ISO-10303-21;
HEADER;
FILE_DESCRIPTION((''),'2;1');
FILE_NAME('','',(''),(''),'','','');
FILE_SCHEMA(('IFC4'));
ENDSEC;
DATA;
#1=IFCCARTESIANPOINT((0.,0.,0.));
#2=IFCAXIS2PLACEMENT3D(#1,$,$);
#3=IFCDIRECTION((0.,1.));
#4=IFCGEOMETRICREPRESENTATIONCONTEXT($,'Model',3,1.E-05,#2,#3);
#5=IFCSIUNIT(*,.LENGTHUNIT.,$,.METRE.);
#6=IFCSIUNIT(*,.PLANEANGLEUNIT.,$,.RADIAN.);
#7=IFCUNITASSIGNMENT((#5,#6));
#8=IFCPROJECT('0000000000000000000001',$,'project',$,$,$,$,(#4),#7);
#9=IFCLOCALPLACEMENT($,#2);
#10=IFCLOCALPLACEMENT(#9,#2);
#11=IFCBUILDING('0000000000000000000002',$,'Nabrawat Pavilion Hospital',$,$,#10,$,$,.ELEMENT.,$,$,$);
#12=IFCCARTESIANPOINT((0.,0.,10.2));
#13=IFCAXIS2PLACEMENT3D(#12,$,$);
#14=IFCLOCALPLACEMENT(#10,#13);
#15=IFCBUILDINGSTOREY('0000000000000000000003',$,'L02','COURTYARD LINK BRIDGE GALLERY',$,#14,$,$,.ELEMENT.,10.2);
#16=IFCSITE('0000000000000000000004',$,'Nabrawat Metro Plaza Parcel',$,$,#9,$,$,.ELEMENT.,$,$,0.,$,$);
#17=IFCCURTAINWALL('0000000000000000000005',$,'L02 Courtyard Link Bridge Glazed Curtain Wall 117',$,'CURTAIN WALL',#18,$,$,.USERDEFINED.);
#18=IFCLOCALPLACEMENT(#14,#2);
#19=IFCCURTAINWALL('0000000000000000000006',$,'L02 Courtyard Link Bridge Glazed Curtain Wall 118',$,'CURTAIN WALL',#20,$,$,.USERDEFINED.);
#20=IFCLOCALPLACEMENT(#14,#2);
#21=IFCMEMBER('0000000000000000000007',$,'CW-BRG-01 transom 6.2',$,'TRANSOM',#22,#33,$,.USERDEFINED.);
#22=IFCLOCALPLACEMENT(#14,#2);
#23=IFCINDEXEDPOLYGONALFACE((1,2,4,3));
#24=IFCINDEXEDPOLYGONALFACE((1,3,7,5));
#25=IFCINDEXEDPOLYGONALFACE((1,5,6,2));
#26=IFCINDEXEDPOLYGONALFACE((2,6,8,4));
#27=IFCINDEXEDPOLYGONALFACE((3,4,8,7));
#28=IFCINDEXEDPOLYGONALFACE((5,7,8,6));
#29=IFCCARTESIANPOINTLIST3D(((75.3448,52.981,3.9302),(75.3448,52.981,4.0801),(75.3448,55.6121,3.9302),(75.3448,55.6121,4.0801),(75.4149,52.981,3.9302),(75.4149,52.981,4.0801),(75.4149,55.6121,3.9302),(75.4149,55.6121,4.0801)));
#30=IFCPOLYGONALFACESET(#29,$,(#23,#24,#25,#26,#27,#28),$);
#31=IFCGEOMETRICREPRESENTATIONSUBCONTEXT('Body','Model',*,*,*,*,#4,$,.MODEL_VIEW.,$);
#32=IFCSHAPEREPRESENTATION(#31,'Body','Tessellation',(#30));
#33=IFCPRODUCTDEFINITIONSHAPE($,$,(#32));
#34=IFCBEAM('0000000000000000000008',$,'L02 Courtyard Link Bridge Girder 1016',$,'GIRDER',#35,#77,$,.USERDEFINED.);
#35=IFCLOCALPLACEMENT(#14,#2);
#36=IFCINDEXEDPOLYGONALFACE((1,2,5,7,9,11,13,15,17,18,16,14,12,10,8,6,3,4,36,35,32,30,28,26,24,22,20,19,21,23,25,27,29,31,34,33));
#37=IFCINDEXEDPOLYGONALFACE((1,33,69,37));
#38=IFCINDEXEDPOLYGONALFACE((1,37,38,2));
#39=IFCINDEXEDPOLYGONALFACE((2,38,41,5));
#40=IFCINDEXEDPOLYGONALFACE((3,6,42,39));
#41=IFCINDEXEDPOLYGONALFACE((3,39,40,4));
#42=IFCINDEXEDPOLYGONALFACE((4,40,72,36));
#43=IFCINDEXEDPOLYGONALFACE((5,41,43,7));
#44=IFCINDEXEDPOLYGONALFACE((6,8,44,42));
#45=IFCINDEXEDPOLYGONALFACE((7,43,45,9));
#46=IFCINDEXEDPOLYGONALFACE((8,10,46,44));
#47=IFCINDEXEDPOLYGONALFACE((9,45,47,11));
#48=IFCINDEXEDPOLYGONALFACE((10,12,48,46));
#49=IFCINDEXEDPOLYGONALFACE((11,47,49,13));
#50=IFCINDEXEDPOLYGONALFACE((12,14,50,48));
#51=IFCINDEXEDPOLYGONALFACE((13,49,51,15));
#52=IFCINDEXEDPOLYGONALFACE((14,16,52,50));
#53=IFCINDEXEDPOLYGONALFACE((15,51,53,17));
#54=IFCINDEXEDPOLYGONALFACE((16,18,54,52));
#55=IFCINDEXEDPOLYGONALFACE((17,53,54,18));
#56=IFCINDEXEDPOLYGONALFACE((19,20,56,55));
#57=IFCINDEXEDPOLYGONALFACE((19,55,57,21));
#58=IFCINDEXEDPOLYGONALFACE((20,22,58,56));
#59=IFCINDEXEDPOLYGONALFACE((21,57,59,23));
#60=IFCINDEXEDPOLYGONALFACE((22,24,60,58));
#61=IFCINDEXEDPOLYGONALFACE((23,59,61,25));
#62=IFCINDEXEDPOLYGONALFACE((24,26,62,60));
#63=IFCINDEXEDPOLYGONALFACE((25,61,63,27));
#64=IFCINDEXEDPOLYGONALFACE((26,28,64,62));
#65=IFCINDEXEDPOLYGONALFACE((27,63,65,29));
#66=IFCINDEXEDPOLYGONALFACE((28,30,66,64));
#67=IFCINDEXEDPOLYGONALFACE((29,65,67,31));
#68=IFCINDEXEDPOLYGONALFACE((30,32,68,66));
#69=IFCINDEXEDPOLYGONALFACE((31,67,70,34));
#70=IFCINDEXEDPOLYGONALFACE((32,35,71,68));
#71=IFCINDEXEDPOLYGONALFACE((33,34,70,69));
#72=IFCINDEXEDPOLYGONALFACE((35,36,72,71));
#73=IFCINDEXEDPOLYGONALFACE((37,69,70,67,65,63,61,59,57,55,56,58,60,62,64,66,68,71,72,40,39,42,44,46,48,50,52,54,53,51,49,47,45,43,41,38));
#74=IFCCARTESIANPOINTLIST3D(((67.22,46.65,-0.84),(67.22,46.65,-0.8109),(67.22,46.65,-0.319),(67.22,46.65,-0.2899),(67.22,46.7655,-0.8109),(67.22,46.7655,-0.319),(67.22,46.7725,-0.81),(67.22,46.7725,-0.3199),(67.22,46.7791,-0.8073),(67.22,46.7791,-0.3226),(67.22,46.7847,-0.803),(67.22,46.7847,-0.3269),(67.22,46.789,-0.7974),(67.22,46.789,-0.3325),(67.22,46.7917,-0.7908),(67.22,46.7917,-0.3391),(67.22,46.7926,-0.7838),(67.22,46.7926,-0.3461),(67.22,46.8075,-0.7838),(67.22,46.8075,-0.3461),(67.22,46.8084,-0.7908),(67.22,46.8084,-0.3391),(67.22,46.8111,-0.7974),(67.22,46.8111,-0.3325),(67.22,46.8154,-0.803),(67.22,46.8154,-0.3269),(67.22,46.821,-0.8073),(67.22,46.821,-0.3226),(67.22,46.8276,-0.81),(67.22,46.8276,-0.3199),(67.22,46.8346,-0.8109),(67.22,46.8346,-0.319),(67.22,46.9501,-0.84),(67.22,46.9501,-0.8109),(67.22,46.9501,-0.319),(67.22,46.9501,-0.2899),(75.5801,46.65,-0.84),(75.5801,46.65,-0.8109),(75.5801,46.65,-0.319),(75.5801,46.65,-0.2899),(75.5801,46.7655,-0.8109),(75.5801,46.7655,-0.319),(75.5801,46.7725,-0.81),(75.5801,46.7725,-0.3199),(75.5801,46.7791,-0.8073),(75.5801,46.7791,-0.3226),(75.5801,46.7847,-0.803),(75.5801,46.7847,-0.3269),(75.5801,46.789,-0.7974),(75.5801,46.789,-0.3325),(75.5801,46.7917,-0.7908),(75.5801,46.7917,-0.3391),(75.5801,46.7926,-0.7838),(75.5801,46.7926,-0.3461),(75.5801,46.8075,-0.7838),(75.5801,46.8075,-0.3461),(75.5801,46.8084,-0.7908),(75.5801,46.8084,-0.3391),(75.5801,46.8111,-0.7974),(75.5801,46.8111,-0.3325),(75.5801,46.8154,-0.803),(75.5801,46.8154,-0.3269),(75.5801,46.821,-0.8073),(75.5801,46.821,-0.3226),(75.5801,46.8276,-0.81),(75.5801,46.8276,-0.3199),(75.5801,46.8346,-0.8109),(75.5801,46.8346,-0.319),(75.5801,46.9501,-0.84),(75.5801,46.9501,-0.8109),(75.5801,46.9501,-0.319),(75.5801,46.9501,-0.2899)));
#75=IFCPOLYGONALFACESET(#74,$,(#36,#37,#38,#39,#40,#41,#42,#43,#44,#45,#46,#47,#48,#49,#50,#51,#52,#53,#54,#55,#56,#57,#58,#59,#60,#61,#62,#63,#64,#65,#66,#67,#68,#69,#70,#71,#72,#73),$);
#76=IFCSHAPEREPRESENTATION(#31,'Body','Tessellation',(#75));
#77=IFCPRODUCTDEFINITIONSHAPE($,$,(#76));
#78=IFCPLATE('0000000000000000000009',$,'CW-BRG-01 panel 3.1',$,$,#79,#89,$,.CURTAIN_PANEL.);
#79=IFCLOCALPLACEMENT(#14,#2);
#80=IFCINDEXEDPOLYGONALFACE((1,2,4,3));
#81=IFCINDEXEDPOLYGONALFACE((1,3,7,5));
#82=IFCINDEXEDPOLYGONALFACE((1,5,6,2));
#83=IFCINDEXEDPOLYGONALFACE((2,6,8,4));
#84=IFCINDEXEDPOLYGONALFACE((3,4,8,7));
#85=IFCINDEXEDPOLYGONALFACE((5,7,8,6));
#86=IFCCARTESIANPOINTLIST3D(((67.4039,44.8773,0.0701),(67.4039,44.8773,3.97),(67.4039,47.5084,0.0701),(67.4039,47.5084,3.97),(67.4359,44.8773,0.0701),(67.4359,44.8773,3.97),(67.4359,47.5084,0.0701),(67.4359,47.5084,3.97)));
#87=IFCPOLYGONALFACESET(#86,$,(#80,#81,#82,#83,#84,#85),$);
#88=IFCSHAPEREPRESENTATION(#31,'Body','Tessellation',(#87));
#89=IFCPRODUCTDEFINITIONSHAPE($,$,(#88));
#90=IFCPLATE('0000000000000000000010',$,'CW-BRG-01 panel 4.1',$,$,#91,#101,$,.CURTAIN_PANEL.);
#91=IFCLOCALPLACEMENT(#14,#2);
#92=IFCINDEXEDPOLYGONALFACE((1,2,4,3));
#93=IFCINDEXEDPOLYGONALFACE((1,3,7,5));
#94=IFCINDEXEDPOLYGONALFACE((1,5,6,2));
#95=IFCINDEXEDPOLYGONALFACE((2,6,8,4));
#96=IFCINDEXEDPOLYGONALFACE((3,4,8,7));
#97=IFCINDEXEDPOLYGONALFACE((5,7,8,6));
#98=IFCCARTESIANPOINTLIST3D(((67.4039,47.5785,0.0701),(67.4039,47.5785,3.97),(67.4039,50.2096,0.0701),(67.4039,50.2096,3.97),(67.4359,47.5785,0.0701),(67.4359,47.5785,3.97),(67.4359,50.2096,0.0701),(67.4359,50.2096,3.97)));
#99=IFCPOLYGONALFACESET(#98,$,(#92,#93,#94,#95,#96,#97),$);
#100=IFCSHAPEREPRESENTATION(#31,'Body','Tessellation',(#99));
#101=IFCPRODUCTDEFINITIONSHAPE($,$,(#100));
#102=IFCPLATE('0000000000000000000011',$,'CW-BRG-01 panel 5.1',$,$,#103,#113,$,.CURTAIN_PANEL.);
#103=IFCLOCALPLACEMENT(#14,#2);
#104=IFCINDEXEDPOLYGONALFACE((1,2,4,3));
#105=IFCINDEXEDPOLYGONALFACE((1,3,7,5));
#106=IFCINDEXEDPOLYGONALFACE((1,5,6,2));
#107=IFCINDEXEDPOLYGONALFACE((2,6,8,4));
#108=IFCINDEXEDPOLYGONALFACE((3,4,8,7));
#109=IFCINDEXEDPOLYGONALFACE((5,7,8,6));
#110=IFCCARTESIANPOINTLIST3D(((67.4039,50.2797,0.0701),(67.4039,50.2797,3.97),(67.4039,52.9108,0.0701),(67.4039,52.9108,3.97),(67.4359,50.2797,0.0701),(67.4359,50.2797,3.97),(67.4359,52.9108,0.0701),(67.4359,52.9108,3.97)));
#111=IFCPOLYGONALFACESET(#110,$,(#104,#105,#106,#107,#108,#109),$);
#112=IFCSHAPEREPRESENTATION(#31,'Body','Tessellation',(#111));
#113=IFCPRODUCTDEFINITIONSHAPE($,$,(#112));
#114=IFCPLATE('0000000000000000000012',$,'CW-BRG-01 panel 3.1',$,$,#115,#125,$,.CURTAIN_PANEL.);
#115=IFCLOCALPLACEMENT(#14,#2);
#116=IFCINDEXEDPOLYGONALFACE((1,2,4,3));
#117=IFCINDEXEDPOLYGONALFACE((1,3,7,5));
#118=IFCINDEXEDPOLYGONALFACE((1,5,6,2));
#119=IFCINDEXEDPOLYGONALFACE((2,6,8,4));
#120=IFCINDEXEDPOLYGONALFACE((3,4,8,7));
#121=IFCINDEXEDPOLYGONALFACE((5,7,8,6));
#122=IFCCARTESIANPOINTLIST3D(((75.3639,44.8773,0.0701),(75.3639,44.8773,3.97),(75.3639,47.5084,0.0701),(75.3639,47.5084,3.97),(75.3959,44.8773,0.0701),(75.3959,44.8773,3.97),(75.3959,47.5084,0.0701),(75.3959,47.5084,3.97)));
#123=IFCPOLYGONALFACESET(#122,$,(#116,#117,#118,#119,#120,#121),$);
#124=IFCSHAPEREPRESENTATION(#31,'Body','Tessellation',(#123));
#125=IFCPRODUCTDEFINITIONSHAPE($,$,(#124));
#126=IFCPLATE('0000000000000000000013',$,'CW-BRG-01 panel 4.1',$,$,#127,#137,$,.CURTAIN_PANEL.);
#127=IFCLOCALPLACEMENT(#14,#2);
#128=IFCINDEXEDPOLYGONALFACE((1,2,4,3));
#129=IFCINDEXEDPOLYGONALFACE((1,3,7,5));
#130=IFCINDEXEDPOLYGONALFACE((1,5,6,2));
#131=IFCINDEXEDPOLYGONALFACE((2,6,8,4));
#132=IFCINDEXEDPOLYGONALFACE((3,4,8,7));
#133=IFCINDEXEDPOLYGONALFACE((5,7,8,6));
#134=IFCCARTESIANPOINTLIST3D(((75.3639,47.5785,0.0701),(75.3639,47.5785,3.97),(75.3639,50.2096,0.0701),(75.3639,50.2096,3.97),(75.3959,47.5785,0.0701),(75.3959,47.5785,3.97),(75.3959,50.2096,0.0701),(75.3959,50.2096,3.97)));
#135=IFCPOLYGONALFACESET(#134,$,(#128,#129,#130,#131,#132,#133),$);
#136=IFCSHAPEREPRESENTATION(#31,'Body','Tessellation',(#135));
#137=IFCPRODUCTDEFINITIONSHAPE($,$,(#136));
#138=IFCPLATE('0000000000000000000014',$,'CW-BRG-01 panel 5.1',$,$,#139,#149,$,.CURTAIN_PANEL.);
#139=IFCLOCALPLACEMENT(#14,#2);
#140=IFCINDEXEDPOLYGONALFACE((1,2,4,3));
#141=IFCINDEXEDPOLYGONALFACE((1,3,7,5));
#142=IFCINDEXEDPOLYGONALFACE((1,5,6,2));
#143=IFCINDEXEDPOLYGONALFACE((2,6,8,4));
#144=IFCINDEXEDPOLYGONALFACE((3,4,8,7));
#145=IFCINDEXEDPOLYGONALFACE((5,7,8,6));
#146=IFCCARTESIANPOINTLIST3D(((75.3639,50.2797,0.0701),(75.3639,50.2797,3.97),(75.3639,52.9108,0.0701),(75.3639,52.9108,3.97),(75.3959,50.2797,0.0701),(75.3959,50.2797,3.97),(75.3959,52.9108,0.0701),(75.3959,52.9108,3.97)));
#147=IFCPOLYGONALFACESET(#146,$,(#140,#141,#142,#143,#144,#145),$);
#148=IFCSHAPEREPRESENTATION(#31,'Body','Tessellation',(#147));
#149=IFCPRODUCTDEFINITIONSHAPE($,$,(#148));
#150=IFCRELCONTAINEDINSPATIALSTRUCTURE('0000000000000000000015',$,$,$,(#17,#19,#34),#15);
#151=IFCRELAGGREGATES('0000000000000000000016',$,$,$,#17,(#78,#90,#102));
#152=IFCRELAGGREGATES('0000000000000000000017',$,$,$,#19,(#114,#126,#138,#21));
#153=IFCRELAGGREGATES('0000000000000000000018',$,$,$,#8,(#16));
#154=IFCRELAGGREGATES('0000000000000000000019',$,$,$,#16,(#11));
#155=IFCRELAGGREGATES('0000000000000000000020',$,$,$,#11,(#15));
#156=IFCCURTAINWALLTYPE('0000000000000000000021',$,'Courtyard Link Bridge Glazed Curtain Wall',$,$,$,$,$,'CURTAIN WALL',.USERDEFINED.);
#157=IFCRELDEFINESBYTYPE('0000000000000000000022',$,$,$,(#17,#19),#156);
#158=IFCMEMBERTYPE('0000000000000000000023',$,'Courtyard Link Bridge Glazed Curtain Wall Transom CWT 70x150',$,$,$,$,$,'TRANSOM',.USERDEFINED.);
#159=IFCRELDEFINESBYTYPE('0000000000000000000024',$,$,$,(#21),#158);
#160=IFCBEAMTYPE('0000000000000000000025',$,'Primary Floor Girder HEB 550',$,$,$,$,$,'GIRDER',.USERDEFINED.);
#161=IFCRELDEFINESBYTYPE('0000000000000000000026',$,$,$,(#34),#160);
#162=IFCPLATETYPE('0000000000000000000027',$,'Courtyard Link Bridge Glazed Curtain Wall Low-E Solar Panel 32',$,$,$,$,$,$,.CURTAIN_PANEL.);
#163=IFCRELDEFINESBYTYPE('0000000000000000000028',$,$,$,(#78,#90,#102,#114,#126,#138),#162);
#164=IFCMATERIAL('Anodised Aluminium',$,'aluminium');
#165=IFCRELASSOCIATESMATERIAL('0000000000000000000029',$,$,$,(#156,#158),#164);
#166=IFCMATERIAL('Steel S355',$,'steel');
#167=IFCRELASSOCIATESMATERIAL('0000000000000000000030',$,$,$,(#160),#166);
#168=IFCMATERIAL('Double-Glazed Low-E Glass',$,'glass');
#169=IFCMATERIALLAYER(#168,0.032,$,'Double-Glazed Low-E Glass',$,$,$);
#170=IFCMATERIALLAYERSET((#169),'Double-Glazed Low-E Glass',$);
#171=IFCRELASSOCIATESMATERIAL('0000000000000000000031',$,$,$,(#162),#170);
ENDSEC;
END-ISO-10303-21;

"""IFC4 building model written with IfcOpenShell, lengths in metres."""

from ifc_helpers import new_model, si_unit, direction, frame, origin, origin_2d, place, context, subcontext, project, spatial, rectangle, i_section, extrude, material, layer, layer_set, material_profile, profile_set, type_object, element, aggregate, save


model = new_model("IFC4")

# Units and contexts
model_context = context("Model", 3, precision=1e-05, world=origin(), true_north=direction((0.0, 1.0)))
body_context = subcontext(model_context, "Body", "Model", "MODEL_VIEW")
ifc_project = project(units=[si_unit("LENGTHUNIT", "METRE"), si_unit("PLANEANGLEUNIT", "RADIAN")], contexts=[model_context])

# Site, building, storey
site_placement = place(None, origin())
site = spatial("IfcSite", under=ifc_project, at=site_placement, Name="Nabrawat Metro Plaza Parcel", CompositionType="ELEMENT", RefElevation=0.0)
building_placement = place(site_placement, origin())
building = spatial("IfcBuilding", under=site, at=building_placement, Name="Nabrawat Pavilion Hospital", CompositionType="ELEMENT")
storey_placement = place(building_placement, frame((0.0, 0.0, 10.2)))
storey = spatial("IfcBuildingStorey", under=building, at=storey_placement, Name="L02", Description="COURTYARD LINK BRIDGE GALLERY", CompositionType="ELEMENT", Elevation=10.2)

# Shared definitions
ifc_material_1 = material(Name="Steel S355", Category="steel")

# Curtain walls
ifc_material_2 = material(Name="Anodised Aluminium", Category="aluminium")
curtain_wall_type = type_object("IfcCurtainWallType", Name="Courtyard Link Bridge Glazed Curtain Wall", ElementType="CURTAIN WALL", PredefinedType="USERDEFINED", material=ifc_material_2)
curtain_wall_1_placement = place(storey_placement, origin())
curtain_wall_1 = element("IfcCurtainWall", 1, at=curtain_wall_1_placement, inside=storey, type_object=curtain_wall_type, Name="L02 Courtyard Link Bridge Glazed Curtain Wall 117", ObjectType="CURTAIN WALL", PredefinedType="USERDEFINED")
curtain_wall_2_placement = place(storey_placement, origin())
curtain_wall_2 = element("IfcCurtainWall", 2, at=curtain_wall_2_placement, inside=storey, type_object=curtain_wall_type, Name="L02 Courtyard Link Bridge Glazed Curtain Wall 118", ObjectType="CURTAIN WALL", PredefinedType="USERDEFINED")

# Member
ifc_material_profile_1 = material_profile(ifc_material_2, rectangle(XDim=0.0701, YDim=0.1499, at=origin_2d()), Name="CWT 70x150")
ifc_profile_set_1 = profile_set([ifc_material_profile_1], Name="Anodised Aluminium")
member_type_1 = type_object("IfcMemberType", Name="Courtyard Link Bridge Glazed Curtain Wall Transom CWT 70x150", ElementType="TRANSOM", PredefinedType="USERDEFINED", material=ifc_profile_set_1)
member_1_placement = place(storey_placement, frame((75.3799, 52.981, 4.0051), z_axis=(0.0, 1.0, 0.0), x_axis=(-1.0, 0.0, 0.0)))
member_1 = element("IfcMember", 3, at=member_1_placement, type_object=member_type_1, Name="CW-BRG-01 transom 6.2", ObjectType="TRANSOM", PredefinedType="USERDEFINED", context=body_context, shape_type="SweptSolid", body=[
    extrude(rectangle(XDim=0.0701, YDim=0.1499, at=origin_2d()), origin(), (0.0, 0.0, 1.0), 2.6311),
])

# Beam
ifc_material_profile_2 = material_profile(ifc_material_1, i_section(OverallWidth=0.3, OverallDepth=0.55, WebThickness=0.0149, FlangeThickness=0.0291, FilletRadius=0.0271, at=origin_2d()), Name="HEB 550")
ifc_profile_set_2 = profile_set([ifc_material_profile_2], Name="Steel S355")
beam_type_1 = type_object("IfcBeamType", Name="Primary Floor Girder HEB 550", ElementType="GIRDER", PredefinedType="USERDEFINED", material=ifc_profile_set_2)
beam_placement = place(storey_placement, frame((67.22, 46.8, -0.5649), z_axis=(1.0, 0.0, 0.0), x_axis=(0.0, 1.0, 0.0)))
element("IfcBeam", 4, at=beam_placement, inside=storey, type_object=beam_type_1, Name="L02 Courtyard Link Bridge Girder 1016", ObjectType="GIRDER", PredefinedType="USERDEFINED", context=body_context, shape_type="SweptSolid", body=[
    extrude(i_section(OverallWidth=0.3, OverallDepth=0.55, WebThickness=0.0149, FlangeThickness=0.0291, FilletRadius=0.0271, at=origin_2d()), origin(), (0.0, 0.0, 1.0), 8.3601),
])

# Plates
ifc_material_3 = material(Name="Double-Glazed Low-E Glass", Category="glass")
ifc_layer = layer(ifc_material_3, 0.032, Name="Double-Glazed Low-E Glass")
ifc_layer_set = layer_set([ifc_layer], Name="Double-Glazed Low-E Glass")
plate_type = type_object("IfcPlateType", Name="Courtyard Link Bridge Glazed Curtain Wall Low-E Solar Panel 32", PredefinedType="CURTAIN_PANEL", material=ifc_layer_set)
plate_1_placement = place(storey_placement, frame((67.4199, 46.1929, 0.0701), z_axis=(0.0, 0.0, 1.0), x_axis=(0.0, 1.0, 0.0)))
plate_1 = element("IfcPlate", 5, at=plate_1_placement, type_object=plate_type, Name="CW-BRG-01 panel 3.1", PredefinedType="CURTAIN_PANEL", context=body_context, shape_type="SweptSolid", body=[
    extrude(rectangle(XDim=2.6311, YDim=0.032, at=origin_2d()), origin(), (0.0, 0.0, 1.0), 3.8999),
])
plate_2_placement = place(storey_placement, frame((67.4199, 48.894, 0.0701), z_axis=(0.0, 0.0, 1.0), x_axis=(0.0, 1.0, 0.0)))
plate_2 = element("IfcPlate", 6, at=plate_2_placement, type_object=plate_type, Name="CW-BRG-01 panel 4.1", PredefinedType="CURTAIN_PANEL", context=body_context, shape_type="SweptSolid", body=[
    extrude(rectangle(XDim=2.6311, YDim=0.032, at=origin_2d()), origin(), (0.0, 0.0, 1.0), 3.8999),
])
plate_3_placement = place(storey_placement, frame((67.4199, 51.5952, 0.0701), z_axis=(0.0, 0.0, 1.0), x_axis=(0.0, 1.0, 0.0)))
plate_3 = element("IfcPlate", 7, at=plate_3_placement, type_object=plate_type, Name="CW-BRG-01 panel 5.1", PredefinedType="CURTAIN_PANEL", context=body_context, shape_type="SweptSolid", body=[
    extrude(rectangle(XDim=2.6311, YDim=0.032, at=origin_2d()), origin(), (0.0, 0.0, 1.0), 3.8999),
])
aggregate(curtain_wall_1, [plate_1, plate_2, plate_3])
plate_4_placement = place(storey_placement, frame((75.3799, 46.1929, 0.0701), z_axis=(0.0, 0.0, 1.0), x_axis=(0.0, 1.0, 0.0)))
plate_4 = element("IfcPlate", 8, at=plate_4_placement, type_object=plate_type, Name="CW-BRG-01 panel 3.1", PredefinedType="CURTAIN_PANEL", context=body_context, shape_type="SweptSolid", body=[
    extrude(rectangle(XDim=2.6311, YDim=0.032, at=origin_2d()), origin(), (0.0, 0.0, 1.0), 3.8999),
])
plate_5_placement = place(storey_placement, frame((75.3799, 48.894, 0.0701), z_axis=(0.0, 0.0, 1.0), x_axis=(0.0, 1.0, 0.0)))
plate_5 = element("IfcPlate", 9, at=plate_5_placement, type_object=plate_type, Name="CW-BRG-01 panel 4.1", PredefinedType="CURTAIN_PANEL", context=body_context, shape_type="SweptSolid", body=[
    extrude(rectangle(XDim=2.6311, YDim=0.032, at=origin_2d()), origin(), (0.0, 0.0, 1.0), 3.8999),
])
plate_6_placement = place(storey_placement, frame((75.3799, 51.5952, 0.0701), z_axis=(0.0, 0.0, 1.0), x_axis=(0.0, 1.0, 0.0)))
plate_6 = element("IfcPlate", 10, at=plate_6_placement, type_object=plate_type, Name="CW-BRG-01 panel 5.1", PredefinedType="CURTAIN_PANEL", context=body_context, shape_type="SweptSolid", body=[
    extrude(rectangle(XDim=2.6311, YDim=0.032, at=origin_2d()), origin(), (0.0, 0.0, 1.0), 3.8999),
])
aggregate(curtain_wall_2, [plate_4, plate_5, plate_6, member_1])

save(model, "model.ifc")
